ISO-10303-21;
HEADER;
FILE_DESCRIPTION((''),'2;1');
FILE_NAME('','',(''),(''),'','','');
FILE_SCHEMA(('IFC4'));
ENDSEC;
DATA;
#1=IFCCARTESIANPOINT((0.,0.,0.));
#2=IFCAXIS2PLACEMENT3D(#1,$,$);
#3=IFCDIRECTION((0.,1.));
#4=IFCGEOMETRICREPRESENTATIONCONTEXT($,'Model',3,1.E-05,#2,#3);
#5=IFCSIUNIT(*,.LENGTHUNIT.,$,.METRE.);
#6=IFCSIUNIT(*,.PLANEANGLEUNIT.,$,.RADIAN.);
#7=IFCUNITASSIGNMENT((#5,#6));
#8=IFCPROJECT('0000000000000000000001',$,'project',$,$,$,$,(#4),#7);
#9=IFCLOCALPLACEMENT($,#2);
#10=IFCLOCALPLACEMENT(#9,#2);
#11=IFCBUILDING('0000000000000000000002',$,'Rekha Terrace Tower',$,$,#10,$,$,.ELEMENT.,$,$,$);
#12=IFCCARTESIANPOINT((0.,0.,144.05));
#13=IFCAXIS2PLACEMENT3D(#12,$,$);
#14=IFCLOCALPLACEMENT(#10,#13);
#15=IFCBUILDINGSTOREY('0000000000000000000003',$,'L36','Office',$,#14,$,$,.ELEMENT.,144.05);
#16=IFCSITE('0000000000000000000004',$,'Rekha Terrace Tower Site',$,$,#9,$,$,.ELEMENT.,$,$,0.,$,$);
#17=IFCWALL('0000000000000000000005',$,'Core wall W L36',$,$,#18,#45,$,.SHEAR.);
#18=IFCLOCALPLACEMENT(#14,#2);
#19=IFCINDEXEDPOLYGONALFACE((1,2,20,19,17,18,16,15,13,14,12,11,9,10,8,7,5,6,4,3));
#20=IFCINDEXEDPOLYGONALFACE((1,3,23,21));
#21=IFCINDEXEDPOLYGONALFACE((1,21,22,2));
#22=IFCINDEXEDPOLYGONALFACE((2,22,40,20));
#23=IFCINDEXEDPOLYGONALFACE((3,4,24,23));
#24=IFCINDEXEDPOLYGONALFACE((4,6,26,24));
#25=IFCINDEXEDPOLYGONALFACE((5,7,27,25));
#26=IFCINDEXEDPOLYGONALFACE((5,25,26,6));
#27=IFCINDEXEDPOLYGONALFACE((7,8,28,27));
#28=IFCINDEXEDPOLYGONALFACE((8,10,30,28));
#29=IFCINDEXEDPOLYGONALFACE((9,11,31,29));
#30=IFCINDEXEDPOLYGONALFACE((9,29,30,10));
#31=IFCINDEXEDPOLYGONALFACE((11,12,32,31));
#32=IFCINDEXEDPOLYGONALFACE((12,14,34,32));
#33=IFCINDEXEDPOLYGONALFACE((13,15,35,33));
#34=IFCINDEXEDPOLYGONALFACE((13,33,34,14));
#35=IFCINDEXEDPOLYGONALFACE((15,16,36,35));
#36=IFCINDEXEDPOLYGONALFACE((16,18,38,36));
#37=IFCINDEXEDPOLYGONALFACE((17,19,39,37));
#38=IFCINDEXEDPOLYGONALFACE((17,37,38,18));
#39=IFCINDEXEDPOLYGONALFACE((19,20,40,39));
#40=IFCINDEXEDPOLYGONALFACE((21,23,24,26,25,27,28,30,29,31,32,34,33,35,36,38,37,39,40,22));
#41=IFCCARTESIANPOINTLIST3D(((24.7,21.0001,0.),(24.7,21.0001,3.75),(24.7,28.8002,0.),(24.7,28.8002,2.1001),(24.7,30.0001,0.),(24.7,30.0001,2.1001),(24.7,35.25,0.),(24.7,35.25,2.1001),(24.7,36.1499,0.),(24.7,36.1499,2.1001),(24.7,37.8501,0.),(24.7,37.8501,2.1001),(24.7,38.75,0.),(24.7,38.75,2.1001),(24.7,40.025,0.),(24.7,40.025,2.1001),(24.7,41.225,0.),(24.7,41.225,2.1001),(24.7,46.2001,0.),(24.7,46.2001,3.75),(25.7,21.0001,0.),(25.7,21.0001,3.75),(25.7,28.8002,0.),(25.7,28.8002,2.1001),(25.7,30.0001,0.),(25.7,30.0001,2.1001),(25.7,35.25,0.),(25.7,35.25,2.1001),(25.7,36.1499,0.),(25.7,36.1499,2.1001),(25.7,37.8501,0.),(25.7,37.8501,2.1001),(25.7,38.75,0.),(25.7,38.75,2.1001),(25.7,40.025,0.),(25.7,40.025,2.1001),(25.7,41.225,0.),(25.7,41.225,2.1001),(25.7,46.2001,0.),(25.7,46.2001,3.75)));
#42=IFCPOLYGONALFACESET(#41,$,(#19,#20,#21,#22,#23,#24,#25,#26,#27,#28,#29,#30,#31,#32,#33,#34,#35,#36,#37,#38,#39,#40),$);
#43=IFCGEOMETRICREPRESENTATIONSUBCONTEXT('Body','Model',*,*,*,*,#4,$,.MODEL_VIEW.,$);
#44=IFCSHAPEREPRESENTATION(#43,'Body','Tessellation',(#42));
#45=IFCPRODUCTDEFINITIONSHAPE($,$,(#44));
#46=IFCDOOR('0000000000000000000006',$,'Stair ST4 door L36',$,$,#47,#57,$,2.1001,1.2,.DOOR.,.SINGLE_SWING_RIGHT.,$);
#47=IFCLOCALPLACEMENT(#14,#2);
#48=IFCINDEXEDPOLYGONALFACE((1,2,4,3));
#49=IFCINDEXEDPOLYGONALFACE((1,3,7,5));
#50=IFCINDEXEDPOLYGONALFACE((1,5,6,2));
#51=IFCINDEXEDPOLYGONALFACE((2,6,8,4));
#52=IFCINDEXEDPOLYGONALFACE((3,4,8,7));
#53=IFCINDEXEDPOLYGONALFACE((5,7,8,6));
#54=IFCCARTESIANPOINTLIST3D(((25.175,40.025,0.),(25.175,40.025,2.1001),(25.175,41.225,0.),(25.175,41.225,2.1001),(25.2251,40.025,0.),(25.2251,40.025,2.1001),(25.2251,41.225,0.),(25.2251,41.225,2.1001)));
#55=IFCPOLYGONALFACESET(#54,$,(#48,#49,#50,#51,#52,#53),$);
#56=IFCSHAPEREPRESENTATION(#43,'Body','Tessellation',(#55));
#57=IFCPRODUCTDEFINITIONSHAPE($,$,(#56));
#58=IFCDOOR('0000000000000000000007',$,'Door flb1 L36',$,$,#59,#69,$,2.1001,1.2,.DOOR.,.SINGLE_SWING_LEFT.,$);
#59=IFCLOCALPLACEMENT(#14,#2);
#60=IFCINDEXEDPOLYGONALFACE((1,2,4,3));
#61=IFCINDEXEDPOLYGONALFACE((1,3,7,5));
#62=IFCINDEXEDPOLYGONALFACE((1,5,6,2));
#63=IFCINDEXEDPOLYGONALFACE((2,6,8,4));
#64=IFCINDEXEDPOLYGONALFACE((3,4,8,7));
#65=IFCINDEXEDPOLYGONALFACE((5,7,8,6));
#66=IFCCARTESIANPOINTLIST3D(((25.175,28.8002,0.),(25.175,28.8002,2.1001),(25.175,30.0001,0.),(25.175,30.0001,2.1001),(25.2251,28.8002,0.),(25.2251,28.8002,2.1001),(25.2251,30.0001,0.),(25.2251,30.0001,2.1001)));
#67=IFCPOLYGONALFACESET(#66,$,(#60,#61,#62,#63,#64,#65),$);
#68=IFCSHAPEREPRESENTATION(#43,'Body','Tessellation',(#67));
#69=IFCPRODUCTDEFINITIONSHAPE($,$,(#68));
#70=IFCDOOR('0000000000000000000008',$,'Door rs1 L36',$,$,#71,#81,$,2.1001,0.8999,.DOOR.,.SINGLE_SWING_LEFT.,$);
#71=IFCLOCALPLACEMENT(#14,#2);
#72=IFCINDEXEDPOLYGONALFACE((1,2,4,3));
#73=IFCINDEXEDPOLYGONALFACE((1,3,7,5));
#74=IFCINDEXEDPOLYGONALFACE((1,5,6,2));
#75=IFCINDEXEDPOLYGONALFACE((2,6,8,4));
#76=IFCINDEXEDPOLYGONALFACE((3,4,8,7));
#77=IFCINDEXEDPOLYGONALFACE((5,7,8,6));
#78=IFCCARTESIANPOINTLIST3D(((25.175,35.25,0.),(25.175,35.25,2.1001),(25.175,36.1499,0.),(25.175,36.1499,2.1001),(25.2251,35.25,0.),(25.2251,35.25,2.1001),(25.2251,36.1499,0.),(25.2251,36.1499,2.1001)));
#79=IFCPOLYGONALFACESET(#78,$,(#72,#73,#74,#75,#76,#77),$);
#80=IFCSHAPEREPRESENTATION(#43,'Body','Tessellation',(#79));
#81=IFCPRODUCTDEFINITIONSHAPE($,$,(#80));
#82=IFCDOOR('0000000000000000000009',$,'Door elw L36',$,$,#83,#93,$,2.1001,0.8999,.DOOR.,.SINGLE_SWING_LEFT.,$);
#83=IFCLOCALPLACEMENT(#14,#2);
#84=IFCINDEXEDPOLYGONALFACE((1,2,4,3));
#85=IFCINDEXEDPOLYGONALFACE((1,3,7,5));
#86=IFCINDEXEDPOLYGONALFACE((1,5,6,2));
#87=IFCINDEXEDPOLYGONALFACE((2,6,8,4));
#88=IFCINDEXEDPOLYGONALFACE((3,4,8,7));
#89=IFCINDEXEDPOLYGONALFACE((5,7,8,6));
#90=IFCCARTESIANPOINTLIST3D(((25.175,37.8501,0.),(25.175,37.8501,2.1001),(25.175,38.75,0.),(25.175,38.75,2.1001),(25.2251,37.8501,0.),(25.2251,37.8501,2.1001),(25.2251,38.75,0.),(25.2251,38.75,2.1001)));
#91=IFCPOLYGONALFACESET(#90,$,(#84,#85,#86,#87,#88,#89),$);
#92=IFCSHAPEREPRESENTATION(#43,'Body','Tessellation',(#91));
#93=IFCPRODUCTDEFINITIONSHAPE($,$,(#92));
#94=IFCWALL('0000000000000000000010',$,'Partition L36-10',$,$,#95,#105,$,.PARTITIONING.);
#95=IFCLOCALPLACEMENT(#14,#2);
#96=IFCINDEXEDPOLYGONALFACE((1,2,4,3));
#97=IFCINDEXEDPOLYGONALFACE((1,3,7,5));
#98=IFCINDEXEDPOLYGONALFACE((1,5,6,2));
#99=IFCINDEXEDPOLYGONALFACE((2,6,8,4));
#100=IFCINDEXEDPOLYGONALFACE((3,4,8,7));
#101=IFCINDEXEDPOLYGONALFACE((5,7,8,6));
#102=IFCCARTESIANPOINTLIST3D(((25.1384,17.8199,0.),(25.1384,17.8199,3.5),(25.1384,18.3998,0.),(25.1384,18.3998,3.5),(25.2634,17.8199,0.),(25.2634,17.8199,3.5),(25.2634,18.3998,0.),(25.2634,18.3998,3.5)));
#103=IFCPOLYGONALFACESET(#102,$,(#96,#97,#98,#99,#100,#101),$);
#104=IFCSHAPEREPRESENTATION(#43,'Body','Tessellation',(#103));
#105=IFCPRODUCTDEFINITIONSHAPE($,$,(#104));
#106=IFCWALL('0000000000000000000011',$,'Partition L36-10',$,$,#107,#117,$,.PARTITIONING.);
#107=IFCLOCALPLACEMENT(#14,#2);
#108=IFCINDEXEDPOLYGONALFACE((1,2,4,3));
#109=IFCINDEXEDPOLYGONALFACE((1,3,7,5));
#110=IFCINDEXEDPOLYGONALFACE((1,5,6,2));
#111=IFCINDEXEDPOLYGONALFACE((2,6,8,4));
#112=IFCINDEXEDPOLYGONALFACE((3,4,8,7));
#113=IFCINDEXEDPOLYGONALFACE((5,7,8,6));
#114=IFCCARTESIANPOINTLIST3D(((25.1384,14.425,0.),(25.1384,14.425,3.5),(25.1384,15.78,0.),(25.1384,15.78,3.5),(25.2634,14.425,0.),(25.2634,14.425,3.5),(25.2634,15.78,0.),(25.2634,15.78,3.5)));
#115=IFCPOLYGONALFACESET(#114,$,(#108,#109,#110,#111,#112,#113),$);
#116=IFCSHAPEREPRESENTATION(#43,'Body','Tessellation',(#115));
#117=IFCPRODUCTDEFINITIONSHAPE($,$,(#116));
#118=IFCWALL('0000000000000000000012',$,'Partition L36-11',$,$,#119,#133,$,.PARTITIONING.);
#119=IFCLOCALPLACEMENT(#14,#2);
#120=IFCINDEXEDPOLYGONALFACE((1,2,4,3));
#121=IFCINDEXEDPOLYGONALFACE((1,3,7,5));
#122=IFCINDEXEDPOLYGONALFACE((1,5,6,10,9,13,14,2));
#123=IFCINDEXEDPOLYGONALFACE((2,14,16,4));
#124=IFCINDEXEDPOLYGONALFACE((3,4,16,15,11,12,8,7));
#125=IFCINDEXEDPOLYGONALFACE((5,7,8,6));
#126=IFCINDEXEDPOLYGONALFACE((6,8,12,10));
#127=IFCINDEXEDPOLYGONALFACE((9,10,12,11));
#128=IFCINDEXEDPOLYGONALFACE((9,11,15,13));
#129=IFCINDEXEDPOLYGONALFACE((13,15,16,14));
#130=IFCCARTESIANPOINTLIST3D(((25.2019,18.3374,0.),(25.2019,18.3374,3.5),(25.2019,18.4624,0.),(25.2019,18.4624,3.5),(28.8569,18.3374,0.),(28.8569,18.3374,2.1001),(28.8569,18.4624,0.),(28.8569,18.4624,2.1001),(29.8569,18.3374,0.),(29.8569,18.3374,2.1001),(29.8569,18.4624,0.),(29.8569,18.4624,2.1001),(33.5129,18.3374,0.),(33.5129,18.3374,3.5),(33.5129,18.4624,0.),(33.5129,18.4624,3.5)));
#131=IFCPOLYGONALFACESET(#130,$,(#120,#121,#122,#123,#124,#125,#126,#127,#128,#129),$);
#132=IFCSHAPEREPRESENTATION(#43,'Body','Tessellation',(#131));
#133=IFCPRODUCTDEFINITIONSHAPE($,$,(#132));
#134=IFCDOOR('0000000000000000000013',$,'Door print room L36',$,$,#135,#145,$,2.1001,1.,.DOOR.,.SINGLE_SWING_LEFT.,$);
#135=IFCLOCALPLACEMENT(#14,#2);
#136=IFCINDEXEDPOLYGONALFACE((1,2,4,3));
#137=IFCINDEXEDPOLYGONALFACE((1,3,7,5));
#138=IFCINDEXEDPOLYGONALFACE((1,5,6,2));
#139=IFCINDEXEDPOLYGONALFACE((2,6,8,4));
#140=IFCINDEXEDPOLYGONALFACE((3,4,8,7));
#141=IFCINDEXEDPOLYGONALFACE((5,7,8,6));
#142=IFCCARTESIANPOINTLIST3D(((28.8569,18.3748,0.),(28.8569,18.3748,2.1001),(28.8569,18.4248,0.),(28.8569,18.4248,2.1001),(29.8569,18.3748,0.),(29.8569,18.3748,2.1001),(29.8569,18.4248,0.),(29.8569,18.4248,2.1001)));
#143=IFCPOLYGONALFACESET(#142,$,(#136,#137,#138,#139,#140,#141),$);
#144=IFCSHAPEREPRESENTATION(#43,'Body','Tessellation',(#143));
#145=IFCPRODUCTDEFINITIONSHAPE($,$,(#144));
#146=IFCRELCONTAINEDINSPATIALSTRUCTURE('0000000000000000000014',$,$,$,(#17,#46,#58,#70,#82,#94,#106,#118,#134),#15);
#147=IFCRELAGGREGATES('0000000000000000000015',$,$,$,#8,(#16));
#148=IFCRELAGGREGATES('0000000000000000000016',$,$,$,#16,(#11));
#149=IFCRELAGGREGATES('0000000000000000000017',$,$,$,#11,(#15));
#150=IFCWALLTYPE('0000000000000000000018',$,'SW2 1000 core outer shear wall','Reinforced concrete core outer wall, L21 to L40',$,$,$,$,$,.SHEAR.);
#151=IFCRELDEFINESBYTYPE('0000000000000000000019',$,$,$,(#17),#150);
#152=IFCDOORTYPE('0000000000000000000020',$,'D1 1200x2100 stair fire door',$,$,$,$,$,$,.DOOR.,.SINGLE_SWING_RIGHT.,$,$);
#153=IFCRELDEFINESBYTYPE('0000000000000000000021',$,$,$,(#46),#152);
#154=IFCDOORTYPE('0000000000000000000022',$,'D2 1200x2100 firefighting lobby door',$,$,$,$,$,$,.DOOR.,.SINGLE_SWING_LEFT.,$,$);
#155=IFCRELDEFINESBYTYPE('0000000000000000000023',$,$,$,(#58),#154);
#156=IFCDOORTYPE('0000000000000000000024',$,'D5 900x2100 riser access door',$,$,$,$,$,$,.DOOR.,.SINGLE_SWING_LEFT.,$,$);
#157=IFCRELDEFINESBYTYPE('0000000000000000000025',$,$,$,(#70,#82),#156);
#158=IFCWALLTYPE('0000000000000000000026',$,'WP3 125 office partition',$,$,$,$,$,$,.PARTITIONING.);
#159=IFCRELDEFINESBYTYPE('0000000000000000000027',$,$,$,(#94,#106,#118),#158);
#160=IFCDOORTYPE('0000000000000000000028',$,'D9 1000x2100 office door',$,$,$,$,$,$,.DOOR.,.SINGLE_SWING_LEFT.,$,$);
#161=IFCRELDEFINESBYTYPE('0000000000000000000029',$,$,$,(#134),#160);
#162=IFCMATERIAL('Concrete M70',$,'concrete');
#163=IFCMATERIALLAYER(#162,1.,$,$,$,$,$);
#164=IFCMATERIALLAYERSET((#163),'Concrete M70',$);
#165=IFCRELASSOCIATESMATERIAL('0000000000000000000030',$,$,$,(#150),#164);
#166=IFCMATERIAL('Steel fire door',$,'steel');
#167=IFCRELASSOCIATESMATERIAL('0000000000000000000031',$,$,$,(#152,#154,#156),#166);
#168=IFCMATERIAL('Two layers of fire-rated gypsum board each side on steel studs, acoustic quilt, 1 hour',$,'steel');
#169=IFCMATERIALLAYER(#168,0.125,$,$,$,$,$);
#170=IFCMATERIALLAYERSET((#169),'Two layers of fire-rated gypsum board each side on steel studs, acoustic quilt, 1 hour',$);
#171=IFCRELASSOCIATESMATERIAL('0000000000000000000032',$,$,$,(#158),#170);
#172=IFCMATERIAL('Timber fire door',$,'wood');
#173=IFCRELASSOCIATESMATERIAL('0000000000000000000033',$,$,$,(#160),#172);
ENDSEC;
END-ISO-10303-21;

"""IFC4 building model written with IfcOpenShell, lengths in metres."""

from ifc_helpers import new_model, si_unit, direction, frame, frame_2d, origin, place, context, subcontext, project, spatial, rectangle, extrude, material, layer, layer_set, type_object, element, fill, save


model = new_model("IFC4")

# Units and contexts
model_context = context("Model", 3, precision=1e-05, world=origin(), true_north=direction((0.0, 1.0)))
body_context = subcontext(model_context, "Body", "Model", "MODEL_VIEW")
ifc_project = project(units=[si_unit("LENGTHUNIT", "METRE"), si_unit("PLANEANGLEUNIT", "RADIAN")], contexts=[model_context])

# Site, building, storey
site_placement = place(None, origin())
site = spatial("IfcSite", under=ifc_project, at=site_placement, Name="Rekha Terrace Tower Site", CompositionType="ELEMENT", RefElevation=0.0)
building_placement = place(site_placement, origin())
building = spatial("IfcBuilding", under=site, at=building_placement, Name="Rekha Terrace Tower", CompositionType="ELEMENT")
storey_placement = place(building_placement, frame((0.0, 0.0, 144.05)))
storey = spatial("IfcBuildingStorey", under=building, at=storey_placement, Name="L36", Description="Office", CompositionType="ELEMENT", Elevation=144.05)

# Shared definitions
ifc_material_1 = material(Name="Concrete M70", Category="concrete")

# Wall, openings, doors
ifc_layer_1 = layer(ifc_material_1, 1.0)
ifc_layer_set_1 = layer_set([ifc_layer_1], Name="Concrete M70")
wall_type_1 = type_object("IfcWallType", Name="SW2 1000 core outer shear wall", Description="Reinforced concrete core outer wall, L21 to L40", PredefinedType="SHEAR", material=ifc_layer_set_1)
wall_1_placement = place(storey_placement, frame((25.2, 21.0, 0.0), z_axis=(0.0, 0.0, 1.0), x_axis=(0.0, 1.0, 0.0)))
wall_1 = element("IfcWall", 1, at=wall_1_placement, inside=storey, type_object=wall_type_1, Name="Core wall W L36", PredefinedType="SHEAR", context=body_context, shape_type="SweptSolid", body=[
    extrude(rectangle(XDim=25.2, YDim=1.0, at=frame_2d((12.6001, 0.0))), origin(), (0.0, 0.0, 1.0), 3.75),
])
opening_1_placement = place(wall_1_placement, frame((7.8, 0.0, 0.0)))
opening_1 = element("IfcOpeningElement", 2, at=opening_1_placement, cuts=wall_1, PredefinedType="OPENING", context=body_context, shape_type="SweptSolid", body=[
    extrude(rectangle(XDim=1.2, YDim=2.1001, at=frame_2d((0.6001, 1.05))), frame((0.0, 0.51, 0.0), z_axis=(0.0, -1.0, 0.0), x_axis=(1.0, 0.0, 0.0)), (0.0, 0.0, 1.0), 1.02),
])
opening_2_placement = place(wall_1_placement, frame((14.25, 0.0, 0.0)))
opening_2 = element("IfcOpeningElement", 3, at=opening_2_placement, cuts=wall_1, PredefinedType="OPENING", context=body_context, shape_type="SweptSolid", body=[
    extrude(rectangle(XDim=0.8999, YDim=2.1001, at=frame_2d((0.45, 1.05))), frame((0.0, 0.51, 0.0), z_axis=(0.0, -1.0, 0.0), x_axis=(1.0, 0.0, 0.0)), (0.0, 0.0, 1.0), 1.02),
])
opening_3_placement = place(wall_1_placement, frame((16.8501, 0.0, 0.0)))
opening_3 = element("IfcOpeningElement", 4, at=opening_3_placement, cuts=wall_1, PredefinedType="OPENING", context=body_context, shape_type="SweptSolid", body=[
    extrude(rectangle(XDim=0.8999, YDim=2.1001, at=frame_2d((0.45, 1.05))), frame((0.0, 0.51, 0.0), z_axis=(0.0, -1.0, 0.0), x_axis=(1.0, 0.0, 0.0)), (0.0, 0.0, 1.0), 1.02),
])
opening_4_placement = place(wall_1_placement, frame((19.0249, 0.0, 0.0)))
opening_4 = element("IfcOpeningElement", 5, at=opening_4_placement, cuts=wall_1, PredefinedType="OPENING", context=body_context, shape_type="SweptSolid", body=[
    extrude(rectangle(XDim=1.2, YDim=2.1001, at=frame_2d((0.6001, 1.05))), frame((0.0, 0.51, 0.0), z_axis=(0.0, -1.0, 0.0), x_axis=(1.0, 0.0, 0.0)), (0.0, 0.0, 1.0), 1.02),
])
ifc_material_2 = material(Name="Steel fire door", Category="steel")
door_type_1 = type_object("IfcDoorType", Name="D1 1200x2100 stair fire door", OperationType="SINGLE_SWING_RIGHT", PredefinedType="DOOR", material=ifc_material_2)
door_1_placement = place(opening_4_placement, origin())
door_1 = element("IfcDoor", 6, at=door_1_placement, inside=storey, type_object=door_type_1, Name="Stair ST4 door L36", OperationType="SINGLE_SWING_RIGHT", OverallHeight=2.1001, OverallWidth=1.2, PredefinedType="DOOR", context=body_context, shape_type="SweptSolid", body=[
    extrude(rectangle(XDim=1.2, YDim=2.1001, at=frame_2d((0.6001, 1.05))), frame((0.0, 0.0249, 0.0), z_axis=(0.0, -1.0, 0.0), x_axis=(1.0, 0.0, 0.0)), (0.0, 0.0, 1.0), 0.05),
])
fill(opening_4, door_1)
door_type_2 = type_object("IfcDoorType", Name="D2 1200x2100 firefighting lobby door", OperationType="SINGLE_SWING_LEFT", PredefinedType="DOOR", material=ifc_material_2)
door_2_placement = place(opening_1_placement, origin())
door_2 = element("IfcDoor", 7, at=door_2_placement, inside=storey, type_object=door_type_2, Name="Door flb1 L36", OperationType="SINGLE_SWING_LEFT", OverallHeight=2.1001, OverallWidth=1.2, PredefinedType="DOOR", context=body_context, shape_type="SweptSolid", body=[
    extrude(rectangle(XDim=1.2, YDim=2.1001, at=frame_2d((0.6001, 1.05))), frame((0.0, 0.0249, 0.0), z_axis=(0.0, -1.0, 0.0), x_axis=(1.0, 0.0, 0.0)), (0.0, 0.0, 1.0), 0.05),
])
fill(opening_1, door_2)
door_type_3 = type_object("IfcDoorType", Name="D5 900x2100 riser access door", OperationType="SINGLE_SWING_LEFT", PredefinedType="DOOR", material=ifc_material_2)
door_3_placement = place(opening_2_placement, origin())
door_3 = element("IfcDoor", 8, at=door_3_placement, inside=storey, type_object=door_type_3, Name="Door rs1 L36", OperationType="SINGLE_SWING_LEFT", OverallHeight=2.1001, OverallWidth=0.8999, PredefinedType="DOOR", context=body_context, shape_type="SweptSolid", body=[
    extrude(rectangle(XDim=0.8999, YDim=2.1001, at=frame_2d((0.45, 1.05))), frame((0.0, 0.0249, 0.0), z_axis=(0.0, -1.0, 0.0), x_axis=(1.0, 0.0, 0.0)), (0.0, 0.0, 1.0), 0.05),
])
fill(opening_2, door_3)
door_4_placement = place(opening_3_placement, origin())
door_4 = element("IfcDoor", 9, at=door_4_placement, inside=storey, type_object=door_type_3, Name="Door elw L36", OperationType="SINGLE_SWING_LEFT", OverallHeight=2.1001, OverallWidth=0.8999, PredefinedType="DOOR", context=body_context, shape_type="SweptSolid", body=[
    extrude(rectangle(XDim=0.8999, YDim=2.1001, at=frame_2d((0.45, 1.05))), frame((0.0, 0.0249, 0.0), z_axis=(0.0, -1.0, 0.0), x_axis=(1.0, 0.0, 0.0)), (0.0, 0.0, 1.0), 0.05),
])
fill(opening_3, door_4)

# Walls
ifc_material_3 = material(Name="Two layers of fire-rated gypsum board each side on steel studs, acoustic quilt, 1 hour", Category="steel")
ifc_layer_2 = layer(ifc_material_3, 0.125)
ifc_layer_set_2 = layer_set([ifc_layer_2], Name="Two layers of fire-rated gypsum board each side on steel studs, acoustic quilt, 1 hour")
wall_type_2 = type_object("IfcWallType", Name="WP3 125 office partition", PredefinedType="PARTITIONING", material=ifc_layer_set_2)
wall_2_placement = place(storey_placement, frame((25.2009, 18.3999, 0.0), z_axis=(0.0, 0.0, 1.0), x_axis=(0.0, -1.0, 0.0)))
element("IfcWall", 10, at=wall_2_placement, inside=storey, type_object=wall_type_2, Name="Partition L36-10", PredefinedType="PARTITIONING", context=body_context, shape_type="SweptSolid", body=[
    extrude(rectangle(XDim=0.5798, YDim=0.125, at=frame_2d((0.29, 0.0))), origin(), (0.0, 0.0, 1.0), 3.5),
])
wall_3_placement = place(storey_placement, frame((25.2009, 15.78, 0.0), z_axis=(0.0, 0.0, 1.0), x_axis=(0.0, -1.0, 0.0)))
element("IfcWall", 11, at=wall_3_placement, inside=storey, type_object=wall_type_2, Name="Partition L36-10", PredefinedType="PARTITIONING", context=body_context, shape_type="SweptSolid", body=[
    extrude(rectangle(XDim=1.355, YDim=0.125, at=frame_2d((0.6775, 0.0))), origin(), (0.0, 0.0, 1.0), 3.5),
])

# Wall, opening, door
wall_4_placement = place(storey_placement, frame((25.2019, 18.3999, 0.0), z_axis=(0.0, 0.0, 1.0), x_axis=(1.0, 0.0, 0.0)))
wall_4 = element("IfcWall", 12, at=wall_4_placement, inside=storey, type_object=wall_type_2, Name="Partition L36-11", PredefinedType="PARTITIONING", context=body_context, shape_type="SweptSolid", body=[
    extrude(rectangle(XDim=8.311, YDim=0.125, at=frame_2d((4.1555, 0.0))), origin(), (0.0, 0.0, 1.0), 3.5),
])
opening_5_placement = place(wall_4_placement, frame((3.655, 0.0, 0.0)))
opening_5 = element("IfcOpeningElement", 13, at=opening_5_placement, cuts=wall_4, PredefinedType="OPENING", context=body_context, shape_type="SweptSolid", body=[
    extrude(rectangle(XDim=1.0, YDim=2.1001, at=frame_2d((0.5, 1.05))), frame((0.0, 0.0725, 0.0), z_axis=(0.0, -1.0, 0.0), x_axis=(1.0, 0.0, 0.0)), (0.0, 0.0, 1.0), 0.145),
])
ifc_material_4 = material(Name="Timber fire door", Category="wood")
door_type_4 = type_object("IfcDoorType", Name="D9 1000x2100 office door", OperationType="SINGLE_SWING_LEFT", PredefinedType="DOOR", material=ifc_material_4)
door_5_placement = place(opening_5_placement, origin())
door_5 = element("IfcDoor", 14, at=door_5_placement, inside=storey, type_object=door_type_4, Name="Door print room L36", OperationType="SINGLE_SWING_LEFT", OverallHeight=2.1001, OverallWidth=1.0, PredefinedType="DOOR", context=body_context, shape_type="SweptSolid", body=[
    extrude(rectangle(XDim=1.0, YDim=2.1001, at=frame_2d((0.5, 1.05))), frame((0.0, 0.0249, 0.0), z_axis=(0.0, -1.0, 0.0), x_axis=(1.0, 0.0, 0.0)), (0.0, 0.0, 1.0), 0.05),
])
fill(opening_5, door_5)

save(model, "model.ifc")
